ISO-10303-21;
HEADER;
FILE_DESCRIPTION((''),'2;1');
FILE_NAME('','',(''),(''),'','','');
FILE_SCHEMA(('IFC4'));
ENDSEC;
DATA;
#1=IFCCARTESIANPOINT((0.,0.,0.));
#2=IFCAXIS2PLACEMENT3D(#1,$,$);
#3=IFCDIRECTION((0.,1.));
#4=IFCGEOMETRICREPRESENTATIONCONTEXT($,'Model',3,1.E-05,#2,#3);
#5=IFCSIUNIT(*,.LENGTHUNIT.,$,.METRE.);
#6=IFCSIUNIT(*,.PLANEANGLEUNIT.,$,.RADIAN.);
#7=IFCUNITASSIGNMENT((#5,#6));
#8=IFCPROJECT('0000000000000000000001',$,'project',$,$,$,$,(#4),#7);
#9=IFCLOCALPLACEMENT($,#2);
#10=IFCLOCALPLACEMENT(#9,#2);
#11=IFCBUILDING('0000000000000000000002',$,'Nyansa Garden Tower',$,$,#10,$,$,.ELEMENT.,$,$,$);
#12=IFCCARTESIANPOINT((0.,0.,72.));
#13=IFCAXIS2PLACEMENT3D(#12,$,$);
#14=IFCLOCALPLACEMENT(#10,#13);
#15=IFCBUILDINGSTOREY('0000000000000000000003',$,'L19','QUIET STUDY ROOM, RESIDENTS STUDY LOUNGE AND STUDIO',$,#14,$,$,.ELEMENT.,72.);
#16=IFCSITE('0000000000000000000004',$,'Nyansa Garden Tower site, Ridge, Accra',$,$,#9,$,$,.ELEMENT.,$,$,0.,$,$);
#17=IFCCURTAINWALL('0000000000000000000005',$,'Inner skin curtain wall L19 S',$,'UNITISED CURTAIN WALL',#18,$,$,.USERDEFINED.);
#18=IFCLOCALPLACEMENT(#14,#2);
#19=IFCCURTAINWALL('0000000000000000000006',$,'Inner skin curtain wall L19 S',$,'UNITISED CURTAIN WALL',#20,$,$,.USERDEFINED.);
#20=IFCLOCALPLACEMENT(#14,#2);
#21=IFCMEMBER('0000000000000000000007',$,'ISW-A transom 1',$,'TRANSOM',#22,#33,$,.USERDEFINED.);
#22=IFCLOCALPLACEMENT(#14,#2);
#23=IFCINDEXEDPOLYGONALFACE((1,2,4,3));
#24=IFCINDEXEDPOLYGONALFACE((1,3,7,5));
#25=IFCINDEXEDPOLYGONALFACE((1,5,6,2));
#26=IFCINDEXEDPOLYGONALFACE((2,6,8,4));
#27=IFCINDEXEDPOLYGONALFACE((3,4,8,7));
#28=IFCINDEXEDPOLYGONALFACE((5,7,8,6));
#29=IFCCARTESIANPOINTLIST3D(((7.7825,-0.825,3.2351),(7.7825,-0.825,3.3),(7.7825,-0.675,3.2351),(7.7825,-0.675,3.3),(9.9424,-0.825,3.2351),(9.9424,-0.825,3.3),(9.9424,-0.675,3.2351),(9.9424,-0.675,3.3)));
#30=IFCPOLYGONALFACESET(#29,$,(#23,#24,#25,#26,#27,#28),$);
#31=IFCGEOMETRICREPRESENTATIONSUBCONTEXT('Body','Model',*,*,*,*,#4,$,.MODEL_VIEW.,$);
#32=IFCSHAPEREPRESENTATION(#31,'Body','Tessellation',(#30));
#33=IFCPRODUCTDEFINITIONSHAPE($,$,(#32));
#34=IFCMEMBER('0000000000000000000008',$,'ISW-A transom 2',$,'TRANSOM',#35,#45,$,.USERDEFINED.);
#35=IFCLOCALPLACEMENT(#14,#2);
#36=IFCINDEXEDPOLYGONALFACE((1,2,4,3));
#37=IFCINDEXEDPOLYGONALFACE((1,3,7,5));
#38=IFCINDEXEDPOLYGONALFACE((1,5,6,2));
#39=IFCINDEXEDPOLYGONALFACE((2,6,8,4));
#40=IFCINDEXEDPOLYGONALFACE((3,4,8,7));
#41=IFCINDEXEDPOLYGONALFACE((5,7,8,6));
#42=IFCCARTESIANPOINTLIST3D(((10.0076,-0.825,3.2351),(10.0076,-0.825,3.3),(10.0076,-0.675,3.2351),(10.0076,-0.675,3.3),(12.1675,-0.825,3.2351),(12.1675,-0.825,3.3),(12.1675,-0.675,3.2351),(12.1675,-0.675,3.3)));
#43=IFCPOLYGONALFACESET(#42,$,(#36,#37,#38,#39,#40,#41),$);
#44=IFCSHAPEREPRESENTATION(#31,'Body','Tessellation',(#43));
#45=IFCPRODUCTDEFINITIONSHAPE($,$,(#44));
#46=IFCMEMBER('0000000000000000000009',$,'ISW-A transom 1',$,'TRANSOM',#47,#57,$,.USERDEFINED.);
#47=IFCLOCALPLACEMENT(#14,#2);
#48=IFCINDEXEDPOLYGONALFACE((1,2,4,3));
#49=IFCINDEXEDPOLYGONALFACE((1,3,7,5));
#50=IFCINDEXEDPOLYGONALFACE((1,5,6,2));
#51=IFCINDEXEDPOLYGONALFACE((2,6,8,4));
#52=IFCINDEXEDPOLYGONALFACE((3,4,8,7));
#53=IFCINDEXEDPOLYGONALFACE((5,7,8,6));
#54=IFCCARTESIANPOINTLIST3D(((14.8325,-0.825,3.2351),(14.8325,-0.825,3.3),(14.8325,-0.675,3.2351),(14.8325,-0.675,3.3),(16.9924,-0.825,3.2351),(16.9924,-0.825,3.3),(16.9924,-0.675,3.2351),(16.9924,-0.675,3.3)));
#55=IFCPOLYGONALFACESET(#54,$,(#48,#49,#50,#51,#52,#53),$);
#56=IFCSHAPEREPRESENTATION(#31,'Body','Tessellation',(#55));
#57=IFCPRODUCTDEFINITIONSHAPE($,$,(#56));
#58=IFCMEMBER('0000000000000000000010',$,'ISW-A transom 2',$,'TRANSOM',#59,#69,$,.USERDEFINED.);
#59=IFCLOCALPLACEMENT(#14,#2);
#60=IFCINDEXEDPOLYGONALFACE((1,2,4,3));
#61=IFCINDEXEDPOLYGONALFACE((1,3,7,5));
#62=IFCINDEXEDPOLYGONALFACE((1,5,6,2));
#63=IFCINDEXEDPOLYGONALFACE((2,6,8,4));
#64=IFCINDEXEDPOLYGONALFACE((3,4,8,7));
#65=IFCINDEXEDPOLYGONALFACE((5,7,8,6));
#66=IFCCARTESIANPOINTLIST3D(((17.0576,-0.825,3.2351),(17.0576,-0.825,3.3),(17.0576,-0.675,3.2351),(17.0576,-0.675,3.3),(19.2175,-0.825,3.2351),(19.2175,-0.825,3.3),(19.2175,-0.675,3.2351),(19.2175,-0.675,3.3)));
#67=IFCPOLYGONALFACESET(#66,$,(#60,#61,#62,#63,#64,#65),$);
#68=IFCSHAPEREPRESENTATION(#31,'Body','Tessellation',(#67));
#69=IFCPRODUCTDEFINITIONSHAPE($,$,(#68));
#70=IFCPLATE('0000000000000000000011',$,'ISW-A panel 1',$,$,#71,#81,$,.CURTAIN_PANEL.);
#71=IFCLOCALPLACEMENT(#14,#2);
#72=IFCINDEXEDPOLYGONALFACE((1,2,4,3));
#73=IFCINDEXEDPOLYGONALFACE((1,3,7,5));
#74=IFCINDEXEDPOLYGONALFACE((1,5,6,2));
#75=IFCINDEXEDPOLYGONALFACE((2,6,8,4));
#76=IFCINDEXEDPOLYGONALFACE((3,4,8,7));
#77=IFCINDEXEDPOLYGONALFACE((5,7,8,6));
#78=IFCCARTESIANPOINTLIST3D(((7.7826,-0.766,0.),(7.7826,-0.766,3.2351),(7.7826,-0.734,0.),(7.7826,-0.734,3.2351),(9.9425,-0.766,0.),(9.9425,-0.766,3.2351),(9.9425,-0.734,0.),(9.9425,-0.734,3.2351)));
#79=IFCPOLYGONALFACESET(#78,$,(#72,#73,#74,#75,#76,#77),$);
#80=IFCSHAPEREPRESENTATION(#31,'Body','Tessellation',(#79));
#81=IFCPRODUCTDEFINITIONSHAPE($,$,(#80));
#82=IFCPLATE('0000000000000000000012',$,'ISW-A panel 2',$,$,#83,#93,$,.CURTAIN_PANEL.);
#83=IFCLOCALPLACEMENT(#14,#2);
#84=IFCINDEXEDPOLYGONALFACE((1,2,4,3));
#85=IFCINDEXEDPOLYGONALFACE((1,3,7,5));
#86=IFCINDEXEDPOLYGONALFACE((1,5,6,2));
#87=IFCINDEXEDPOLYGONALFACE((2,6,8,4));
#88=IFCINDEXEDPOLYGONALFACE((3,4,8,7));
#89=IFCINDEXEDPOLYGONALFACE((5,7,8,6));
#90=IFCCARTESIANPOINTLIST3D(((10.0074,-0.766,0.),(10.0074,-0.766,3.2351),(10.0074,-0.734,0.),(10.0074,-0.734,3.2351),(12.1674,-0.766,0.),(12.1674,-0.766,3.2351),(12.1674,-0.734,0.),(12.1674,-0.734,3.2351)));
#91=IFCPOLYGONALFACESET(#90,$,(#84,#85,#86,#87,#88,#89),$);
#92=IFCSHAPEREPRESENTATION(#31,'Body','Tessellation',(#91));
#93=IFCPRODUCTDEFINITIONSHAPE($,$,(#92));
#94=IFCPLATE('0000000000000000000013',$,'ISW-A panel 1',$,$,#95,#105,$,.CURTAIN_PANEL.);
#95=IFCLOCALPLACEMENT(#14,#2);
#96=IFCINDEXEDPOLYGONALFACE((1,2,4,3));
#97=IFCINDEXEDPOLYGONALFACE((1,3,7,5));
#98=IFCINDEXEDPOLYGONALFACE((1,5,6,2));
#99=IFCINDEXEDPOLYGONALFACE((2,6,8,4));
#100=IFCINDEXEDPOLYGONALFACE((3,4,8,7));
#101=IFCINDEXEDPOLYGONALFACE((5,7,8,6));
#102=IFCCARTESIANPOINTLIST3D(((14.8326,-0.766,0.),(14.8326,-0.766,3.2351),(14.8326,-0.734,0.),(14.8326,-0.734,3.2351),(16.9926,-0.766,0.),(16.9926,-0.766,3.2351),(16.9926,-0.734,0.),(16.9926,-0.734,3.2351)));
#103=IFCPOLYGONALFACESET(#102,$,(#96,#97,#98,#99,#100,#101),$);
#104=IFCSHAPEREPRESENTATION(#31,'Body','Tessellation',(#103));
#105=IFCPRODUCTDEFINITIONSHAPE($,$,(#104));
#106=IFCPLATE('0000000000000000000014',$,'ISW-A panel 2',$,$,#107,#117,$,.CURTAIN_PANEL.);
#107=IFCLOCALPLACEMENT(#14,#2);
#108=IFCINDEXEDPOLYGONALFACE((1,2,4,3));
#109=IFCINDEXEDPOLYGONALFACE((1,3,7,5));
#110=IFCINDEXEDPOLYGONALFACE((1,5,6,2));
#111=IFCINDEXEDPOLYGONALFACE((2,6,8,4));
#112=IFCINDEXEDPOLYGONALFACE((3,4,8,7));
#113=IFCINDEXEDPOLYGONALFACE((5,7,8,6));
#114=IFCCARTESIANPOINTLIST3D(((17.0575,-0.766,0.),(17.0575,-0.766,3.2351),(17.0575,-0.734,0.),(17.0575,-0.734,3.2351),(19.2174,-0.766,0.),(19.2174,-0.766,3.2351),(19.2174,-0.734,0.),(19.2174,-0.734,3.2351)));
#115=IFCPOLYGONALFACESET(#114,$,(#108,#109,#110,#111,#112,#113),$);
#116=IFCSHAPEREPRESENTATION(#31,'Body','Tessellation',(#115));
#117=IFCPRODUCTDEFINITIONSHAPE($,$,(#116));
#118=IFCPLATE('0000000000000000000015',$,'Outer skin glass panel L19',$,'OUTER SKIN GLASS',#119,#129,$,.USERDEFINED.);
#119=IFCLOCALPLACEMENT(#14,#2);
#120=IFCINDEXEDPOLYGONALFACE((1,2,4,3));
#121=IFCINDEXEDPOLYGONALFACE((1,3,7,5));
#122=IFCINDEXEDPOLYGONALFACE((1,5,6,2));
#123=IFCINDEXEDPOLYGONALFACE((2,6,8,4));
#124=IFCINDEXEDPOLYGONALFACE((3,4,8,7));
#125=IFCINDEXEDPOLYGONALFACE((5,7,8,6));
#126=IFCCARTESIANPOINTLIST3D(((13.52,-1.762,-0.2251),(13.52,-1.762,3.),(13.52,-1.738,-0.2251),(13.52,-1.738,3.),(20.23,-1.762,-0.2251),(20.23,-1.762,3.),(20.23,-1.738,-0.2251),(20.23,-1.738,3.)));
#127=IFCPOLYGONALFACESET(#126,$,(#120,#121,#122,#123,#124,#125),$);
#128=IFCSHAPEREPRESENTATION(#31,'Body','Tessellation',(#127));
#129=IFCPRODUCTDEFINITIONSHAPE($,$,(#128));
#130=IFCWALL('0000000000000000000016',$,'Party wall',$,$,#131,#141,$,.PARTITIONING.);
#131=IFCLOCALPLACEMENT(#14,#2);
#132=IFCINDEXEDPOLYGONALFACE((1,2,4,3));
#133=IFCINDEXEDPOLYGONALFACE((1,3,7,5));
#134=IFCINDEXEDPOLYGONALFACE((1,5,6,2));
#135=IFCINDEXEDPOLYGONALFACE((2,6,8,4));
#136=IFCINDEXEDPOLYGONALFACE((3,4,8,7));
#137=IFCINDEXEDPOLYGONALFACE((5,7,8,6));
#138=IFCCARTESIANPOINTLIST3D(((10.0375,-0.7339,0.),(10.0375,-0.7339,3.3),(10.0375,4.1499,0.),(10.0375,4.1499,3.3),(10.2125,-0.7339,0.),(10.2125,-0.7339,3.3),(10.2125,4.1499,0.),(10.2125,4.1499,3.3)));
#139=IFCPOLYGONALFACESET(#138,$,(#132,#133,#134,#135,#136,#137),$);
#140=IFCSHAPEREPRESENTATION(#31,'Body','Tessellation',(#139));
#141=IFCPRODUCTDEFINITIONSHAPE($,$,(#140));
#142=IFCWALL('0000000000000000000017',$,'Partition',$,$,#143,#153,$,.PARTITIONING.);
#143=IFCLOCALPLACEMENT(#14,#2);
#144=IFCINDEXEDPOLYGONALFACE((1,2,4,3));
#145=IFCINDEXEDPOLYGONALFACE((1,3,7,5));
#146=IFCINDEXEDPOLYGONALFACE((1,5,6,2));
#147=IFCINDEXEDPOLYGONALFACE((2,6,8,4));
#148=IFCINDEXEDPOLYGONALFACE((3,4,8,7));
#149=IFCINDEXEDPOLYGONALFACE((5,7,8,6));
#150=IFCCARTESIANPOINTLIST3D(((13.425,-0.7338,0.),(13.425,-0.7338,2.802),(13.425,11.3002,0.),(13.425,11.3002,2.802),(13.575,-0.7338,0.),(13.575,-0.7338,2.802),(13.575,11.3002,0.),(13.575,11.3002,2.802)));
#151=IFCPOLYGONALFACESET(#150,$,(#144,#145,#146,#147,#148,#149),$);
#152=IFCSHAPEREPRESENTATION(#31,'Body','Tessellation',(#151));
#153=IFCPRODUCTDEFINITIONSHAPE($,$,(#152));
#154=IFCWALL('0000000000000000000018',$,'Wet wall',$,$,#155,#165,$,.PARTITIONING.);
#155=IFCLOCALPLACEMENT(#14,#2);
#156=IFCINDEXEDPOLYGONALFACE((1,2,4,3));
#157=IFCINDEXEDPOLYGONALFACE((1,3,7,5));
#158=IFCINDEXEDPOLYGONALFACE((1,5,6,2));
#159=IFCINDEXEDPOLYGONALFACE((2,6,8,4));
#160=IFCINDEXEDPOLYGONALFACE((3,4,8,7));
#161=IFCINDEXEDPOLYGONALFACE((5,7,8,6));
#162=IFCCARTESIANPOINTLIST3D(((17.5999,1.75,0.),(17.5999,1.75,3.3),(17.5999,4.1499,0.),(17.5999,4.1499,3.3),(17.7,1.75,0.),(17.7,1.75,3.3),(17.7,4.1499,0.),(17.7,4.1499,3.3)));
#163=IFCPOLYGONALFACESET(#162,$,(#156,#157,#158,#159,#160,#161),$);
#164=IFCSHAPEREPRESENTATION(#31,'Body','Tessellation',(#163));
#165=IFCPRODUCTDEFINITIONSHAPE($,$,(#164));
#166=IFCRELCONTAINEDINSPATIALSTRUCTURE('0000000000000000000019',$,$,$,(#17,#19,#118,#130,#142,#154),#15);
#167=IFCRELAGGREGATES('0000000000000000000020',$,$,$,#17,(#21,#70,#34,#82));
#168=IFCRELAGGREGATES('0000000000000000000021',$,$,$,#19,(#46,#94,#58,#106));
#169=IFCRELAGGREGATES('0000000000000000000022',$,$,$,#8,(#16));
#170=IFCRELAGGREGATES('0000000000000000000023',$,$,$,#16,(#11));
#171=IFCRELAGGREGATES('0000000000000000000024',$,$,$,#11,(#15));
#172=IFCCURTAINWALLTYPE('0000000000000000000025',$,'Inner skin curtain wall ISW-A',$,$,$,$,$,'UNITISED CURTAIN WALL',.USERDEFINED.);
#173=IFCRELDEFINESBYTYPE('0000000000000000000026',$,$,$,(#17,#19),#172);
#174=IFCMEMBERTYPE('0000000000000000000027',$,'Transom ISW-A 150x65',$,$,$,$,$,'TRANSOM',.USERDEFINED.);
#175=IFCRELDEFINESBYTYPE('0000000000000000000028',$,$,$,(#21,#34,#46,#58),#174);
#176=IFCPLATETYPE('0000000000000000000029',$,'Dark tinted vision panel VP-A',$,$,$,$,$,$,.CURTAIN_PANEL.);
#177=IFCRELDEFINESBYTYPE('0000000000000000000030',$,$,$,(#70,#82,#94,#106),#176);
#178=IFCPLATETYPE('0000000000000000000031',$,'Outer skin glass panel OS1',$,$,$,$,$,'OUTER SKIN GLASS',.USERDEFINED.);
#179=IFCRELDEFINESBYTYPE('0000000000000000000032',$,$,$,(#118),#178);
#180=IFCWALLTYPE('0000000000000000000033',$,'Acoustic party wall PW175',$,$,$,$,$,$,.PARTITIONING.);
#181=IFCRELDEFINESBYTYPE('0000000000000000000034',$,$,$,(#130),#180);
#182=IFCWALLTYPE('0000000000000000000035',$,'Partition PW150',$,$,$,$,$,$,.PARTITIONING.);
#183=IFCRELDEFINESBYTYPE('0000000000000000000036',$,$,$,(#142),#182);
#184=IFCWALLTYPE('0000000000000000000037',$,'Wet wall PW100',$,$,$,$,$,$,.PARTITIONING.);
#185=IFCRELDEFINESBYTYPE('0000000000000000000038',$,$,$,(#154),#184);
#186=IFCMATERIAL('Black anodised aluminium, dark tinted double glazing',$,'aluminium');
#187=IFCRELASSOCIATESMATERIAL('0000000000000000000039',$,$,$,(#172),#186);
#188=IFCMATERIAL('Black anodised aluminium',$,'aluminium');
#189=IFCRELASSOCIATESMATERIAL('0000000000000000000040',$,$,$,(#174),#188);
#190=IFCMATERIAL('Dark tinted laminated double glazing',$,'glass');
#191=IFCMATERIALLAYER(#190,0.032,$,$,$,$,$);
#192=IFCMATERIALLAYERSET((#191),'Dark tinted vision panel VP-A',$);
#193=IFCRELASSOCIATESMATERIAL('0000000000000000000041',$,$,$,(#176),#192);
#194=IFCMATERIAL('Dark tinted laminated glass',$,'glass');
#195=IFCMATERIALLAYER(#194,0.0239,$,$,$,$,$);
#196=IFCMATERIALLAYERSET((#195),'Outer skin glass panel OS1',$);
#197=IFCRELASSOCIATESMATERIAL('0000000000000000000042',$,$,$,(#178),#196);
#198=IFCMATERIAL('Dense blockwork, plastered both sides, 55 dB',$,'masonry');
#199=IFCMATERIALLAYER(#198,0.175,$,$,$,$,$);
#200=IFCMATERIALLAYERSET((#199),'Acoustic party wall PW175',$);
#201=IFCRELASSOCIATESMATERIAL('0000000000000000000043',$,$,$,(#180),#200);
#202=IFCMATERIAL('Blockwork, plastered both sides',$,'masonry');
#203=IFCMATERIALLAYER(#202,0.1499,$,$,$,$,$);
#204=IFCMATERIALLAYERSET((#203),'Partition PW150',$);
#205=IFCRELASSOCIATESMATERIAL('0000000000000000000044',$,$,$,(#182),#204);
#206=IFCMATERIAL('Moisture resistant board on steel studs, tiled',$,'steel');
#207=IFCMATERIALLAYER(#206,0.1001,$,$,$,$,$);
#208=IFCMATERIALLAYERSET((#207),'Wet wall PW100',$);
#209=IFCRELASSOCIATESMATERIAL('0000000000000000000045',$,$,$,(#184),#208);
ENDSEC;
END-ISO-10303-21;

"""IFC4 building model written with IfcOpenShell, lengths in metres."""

from ifc_helpers import new_model, si_unit, direction, frame, frame_2d, origin, origin_2d, place, context, subcontext, project, spatial, rectangle, extrude, material, layer, layer_set, material_profile, profile_set, type_object, element, aggregate, save


model = new_model("IFC4")

# Units and contexts
model_context = context("Model", 3, precision=1e-05, world=origin(), true_north=direction((0.0, 1.0)))
body_context = subcontext(model_context, "Body", "Model", "MODEL_VIEW")
ifc_project = project(units=[si_unit("LENGTHUNIT", "METRE"), si_unit("PLANEANGLEUNIT", "RADIAN")], contexts=[model_context])

# Site, building, storey
site_placement = place(None, origin())
site = spatial("IfcSite", under=ifc_project, at=site_placement, Name="Nyansa Garden Tower site, Ridge, Accra", CompositionType="ELEMENT", RefElevation=0.0)
building_placement = place(site_placement, origin())
building = spatial("IfcBuilding", under=site, at=building_placement, Name="Nyansa Garden Tower", CompositionType="ELEMENT")
storey_placement = place(building_placement, frame((0.0, 0.0, 72.0)))
storey = spatial("IfcBuildingStorey", under=building, at=storey_placement, Name="L19", Description="QUIET STUDY ROOM, RESIDENTS STUDY LOUNGE AND STUDIO", CompositionType="ELEMENT", Elevation=72.0)

# Curtain walls
ifc_material_1 = material(Name="Black anodised aluminium, dark tinted double glazing", Category="aluminium")
curtain_wall_type = type_object("IfcCurtainWallType", Name="Inner skin curtain wall ISW-A", ElementType="UNITISED CURTAIN WALL", PredefinedType="USERDEFINED", material=ifc_material_1)
curtain_wall_1_placement = place(storey_placement, origin())
curtain_wall_1 = element("IfcCurtainWall", 1, at=curtain_wall_1_placement, inside=storey, type_object=curtain_wall_type, Name="Inner skin curtain wall L19 S", ObjectType="UNITISED CURTAIN WALL", PredefinedType="USERDEFINED")
curtain_wall_2_placement = place(storey_placement, origin())
curtain_wall_2 = element("IfcCurtainWall", 2, at=curtain_wall_2_placement, inside=storey, type_object=curtain_wall_type, Name="Inner skin curtain wall L19 S", ObjectType="UNITISED CURTAIN WALL", PredefinedType="USERDEFINED")

# Members
ifc_material_2 = material(Name="Black anodised aluminium", Category="aluminium")
ifc_material_profile_1 = material_profile(ifc_material_2, rectangle(XDim=0.1499, YDim=0.0649, at=origin_2d()), Name="Transom 150x65")
ifc_profile_set_1 = profile_set([ifc_material_profile_1], Name="Black anodised aluminium")
member_type_1 = type_object("IfcMemberType", Name="Transom ISW-A 150x65", ElementType="TRANSOM", PredefinedType="USERDEFINED", material=ifc_profile_set_1)
member_1_placement = place(storey_placement, frame((7.7825, -0.75, 3.2676), z_axis=(1.0, 0.0, 0.0), x_axis=(0.0, 1.0, 0.0)))
member_1 = element("IfcMember", 3, at=member_1_placement, type_object=member_type_1, Name="ISW-A transom 1", ObjectType="TRANSOM", PredefinedType="USERDEFINED", context=body_context, shape_type="SweptSolid", body=[
    extrude(rectangle(XDim=0.1499, YDim=0.0649, at=origin_2d()), origin(), (0.0, 0.0, 1.0), 2.1599),
])
member_2_placement = place(storey_placement, frame((10.0076, -0.75, 3.2676), z_axis=(1.0, 0.0, 0.0), x_axis=(0.0, 1.0, 0.0)))
member_2 = element("IfcMember", 4, at=member_2_placement, type_object=member_type_1, Name="ISW-A transom 2", ObjectType="TRANSOM", PredefinedType="USERDEFINED", context=body_context, shape_type="SweptSolid", body=[
    extrude(rectangle(XDim=0.1499, YDim=0.0649, at=origin_2d()), origin(), (0.0, 0.0, 1.0), 2.1599),
])
member_3_placement = place(storey_placement, frame((14.8325, -0.75, 3.2676), z_axis=(1.0, 0.0, 0.0), x_axis=(0.0, 1.0, 0.0)))
member_3 = element("IfcMember", 5, at=member_3_placement, type_object=member_type_1, Name="ISW-A transom 1", ObjectType="TRANSOM", PredefinedType="USERDEFINED", context=body_context, shape_type="SweptSolid", body=[
    extrude(rectangle(XDim=0.1499, YDim=0.0649, at=origin_2d()), origin(), (0.0, 0.0, 1.0), 2.1599),
])
member_4_placement = place(storey_placement, frame((17.0576, -0.75, 3.2676), z_axis=(1.0, 0.0, 0.0), x_axis=(0.0, 1.0, 0.0)))
member_4 = element("IfcMember", 6, at=member_4_placement, type_object=member_type_1, Name="ISW-A transom 2", ObjectType="TRANSOM", PredefinedType="USERDEFINED", context=body_context, shape_type="SweptSolid", body=[
    extrude(rectangle(XDim=0.1499, YDim=0.0649, at=origin_2d()), origin(), (0.0, 0.0, 1.0), 2.1599),
])

# Plates
ifc_material_3 = material(Name="Dark tinted laminated double glazing", Category="glass")
ifc_layer_1 = layer(ifc_material_3, 0.032)
ifc_layer_set_1 = layer_set([ifc_layer_1], Name="Dark tinted vision panel VP-A")
plate_type_1 = type_object("IfcPlateType", Name="Dark tinted vision panel VP-A", PredefinedType="CURTAIN_PANEL", material=ifc_layer_set_1)
plate_1_placement = place(storey_placement, frame((8.8625, -0.75, 0.0), z_axis=(0.0, 0.0, 1.0), x_axis=(1.0, 0.0, 0.0)))
plate_1 = element("IfcPlate", 7, at=plate_1_placement, type_object=plate_type_1, Name="ISW-A panel 1", PredefinedType="CURTAIN_PANEL", context=body_context, shape_type="SweptSolid", body=[
    extrude(rectangle(XDim=2.1599, YDim=0.032, at=origin_2d()), origin(), (0.0, 0.0, 1.0), 3.2351),
])
plate_2_placement = place(storey_placement, frame((11.0874, -0.75, 0.0), z_axis=(0.0, 0.0, 1.0), x_axis=(1.0, 0.0, 0.0)))
plate_2 = element("IfcPlate", 8, at=plate_2_placement, type_object=plate_type_1, Name="ISW-A panel 2", PredefinedType="CURTAIN_PANEL", context=body_context, shape_type="SweptSolid", body=[
    extrude(rectangle(XDim=2.1599, YDim=0.032, at=origin_2d()), origin(), (0.0, 0.0, 1.0), 3.2351),
])
aggregate(curtain_wall_1, [member_1, plate_1, member_2, plate_2])
plate_3_placement = place(storey_placement, frame((15.9126, -0.75, 0.0), z_axis=(0.0, 0.0, 1.0), x_axis=(1.0, 0.0, 0.0)))
plate_3 = element("IfcPlate", 9, at=plate_3_placement, type_object=plate_type_1, Name="ISW-A panel 1", PredefinedType="CURTAIN_PANEL", context=body_context, shape_type="SweptSolid", body=[
    extrude(rectangle(XDim=2.1599, YDim=0.032, at=origin_2d()), origin(), (0.0, 0.0, 1.0), 3.2351),
])
plate_4_placement = place(storey_placement, frame((18.1375, -0.75, 0.0), z_axis=(0.0, 0.0, 1.0), x_axis=(1.0, 0.0, 0.0)))
plate_4 = element("IfcPlate", 10, at=plate_4_placement, type_object=plate_type_1, Name="ISW-A panel 2", PredefinedType="CURTAIN_PANEL", context=body_context, shape_type="SweptSolid", body=[
    extrude(rectangle(XDim=2.1599, YDim=0.032, at=origin_2d()), origin(), (0.0, 0.0, 1.0), 3.2351),
])
aggregate(curtain_wall_2, [member_3, plate_3, member_4, plate_4])
ifc_material_4 = material(Name="Dark tinted laminated glass", Category="glass")
ifc_layer_2 = layer(ifc_material_4, 0.0239)
ifc_layer_set_2 = layer_set([ifc_layer_2], Name="Outer skin glass panel OS1")
plate_type_2 = type_object("IfcPlateType", Name="Outer skin glass panel OS1", ElementType="OUTER SKIN GLASS", PredefinedType="USERDEFINED", material=ifc_layer_set_2)
plate_5_placement = place(storey_placement, frame((16.875, -1.75, -0.2251), z_axis=(0.0, 0.0, 1.0), x_axis=(1.0, 0.0, 0.0)))
element("IfcPlate", 11, at=plate_5_placement, inside=storey, type_object=plate_type_2, Name="Outer skin glass panel L19", ObjectType="OUTER SKIN GLASS", PredefinedType="USERDEFINED", context=body_context, shape_type="SweptSolid", body=[
    extrude(rectangle(XDim=6.71, YDim=0.0239, at=origin_2d()), origin(), (0.0, 0.0, 1.0), 3.2251),
])

# Walls
ifc_material_5 = material(Name="Dense blockwork, plastered both sides, 55 dB", Category="masonry")
ifc_layer_3 = layer(ifc_material_5, 0.175)
ifc_layer_set_3 = layer_set([ifc_layer_3], Name="Acoustic party wall PW175")
wall_type_1 = type_object("IfcWallType", Name="Acoustic party wall PW175", PredefinedType="PARTITIONING", material=ifc_layer_set_3)
wall_1_placement = place(storey_placement, frame((10.125, -0.7339, 0.0), z_axis=(0.0, 0.0, 1.0), x_axis=(0.0, 1.0, 0.0)))
element("IfcWall", 12, at=wall_1_placement, inside=storey, type_object=wall_type_1, Name="Party wall", PredefinedType="PARTITIONING", context=body_context, shape_type="SweptSolid", body=[
    extrude(rectangle(XDim=4.8838, YDim=0.175, at=frame_2d((2.4419, 0.0))), origin(), (0.0, 0.0, 1.0), 3.3),
])
ifc_material_6 = material(Name="Blockwork, plastered both sides", Category="masonry")
ifc_layer_4 = layer(ifc_material_6, 0.1499)
ifc_layer_set_4 = layer_set([ifc_layer_4], Name="Partition PW150")
wall_type_2 = type_object("IfcWallType", Name="Partition PW150", PredefinedType="PARTITIONING", material=ifc_layer_set_4)
wall_2_placement = place(storey_placement, frame((13.5, -0.7339, 0.0), z_axis=(0.0, 0.0, 1.0), x_axis=(0.0, 1.0, 0.0)))
element("IfcWall", 13, at=wall_2_placement, inside=storey, type_object=wall_type_2, Name="Partition", PredefinedType="PARTITIONING", context=body_context, shape_type="SweptSolid", body=[
    extrude(rectangle(XDim=12.0339, YDim=0.1499, at=frame_2d((6.0171, 0.0))), origin(), (0.0, 0.0, 1.0), 2.802),
])
ifc_material_7 = material(Name="Moisture resistant board on steel studs, tiled", Category="steel")
ifc_layer_5 = layer(ifc_material_7, 0.1001)
ifc_layer_set_5 = layer_set([ifc_layer_5], Name="Wet wall PW100")
wall_type_3 = type_object("IfcWallType", Name="Wet wall PW100", PredefinedType="PARTITIONING", material=ifc_layer_set_5)
wall_3_placement = place(storey_placement, frame((17.6499, 1.75, 0.0), z_axis=(0.0, 0.0, 1.0), x_axis=(0.0, 1.0, 0.0)))
element("IfcWall", 14, at=wall_3_placement, inside=storey, type_object=wall_type_3, Name="Wet wall", PredefinedType="PARTITIONING", context=body_context, shape_type="SweptSolid", body=[
    extrude(rectangle(XDim=2.3999, YDim=0.1001, at=frame_2d((1.2, 0.0))), origin(), (0.0, 0.0, 1.0), 3.3),
])

save(model, "model.ifc")
